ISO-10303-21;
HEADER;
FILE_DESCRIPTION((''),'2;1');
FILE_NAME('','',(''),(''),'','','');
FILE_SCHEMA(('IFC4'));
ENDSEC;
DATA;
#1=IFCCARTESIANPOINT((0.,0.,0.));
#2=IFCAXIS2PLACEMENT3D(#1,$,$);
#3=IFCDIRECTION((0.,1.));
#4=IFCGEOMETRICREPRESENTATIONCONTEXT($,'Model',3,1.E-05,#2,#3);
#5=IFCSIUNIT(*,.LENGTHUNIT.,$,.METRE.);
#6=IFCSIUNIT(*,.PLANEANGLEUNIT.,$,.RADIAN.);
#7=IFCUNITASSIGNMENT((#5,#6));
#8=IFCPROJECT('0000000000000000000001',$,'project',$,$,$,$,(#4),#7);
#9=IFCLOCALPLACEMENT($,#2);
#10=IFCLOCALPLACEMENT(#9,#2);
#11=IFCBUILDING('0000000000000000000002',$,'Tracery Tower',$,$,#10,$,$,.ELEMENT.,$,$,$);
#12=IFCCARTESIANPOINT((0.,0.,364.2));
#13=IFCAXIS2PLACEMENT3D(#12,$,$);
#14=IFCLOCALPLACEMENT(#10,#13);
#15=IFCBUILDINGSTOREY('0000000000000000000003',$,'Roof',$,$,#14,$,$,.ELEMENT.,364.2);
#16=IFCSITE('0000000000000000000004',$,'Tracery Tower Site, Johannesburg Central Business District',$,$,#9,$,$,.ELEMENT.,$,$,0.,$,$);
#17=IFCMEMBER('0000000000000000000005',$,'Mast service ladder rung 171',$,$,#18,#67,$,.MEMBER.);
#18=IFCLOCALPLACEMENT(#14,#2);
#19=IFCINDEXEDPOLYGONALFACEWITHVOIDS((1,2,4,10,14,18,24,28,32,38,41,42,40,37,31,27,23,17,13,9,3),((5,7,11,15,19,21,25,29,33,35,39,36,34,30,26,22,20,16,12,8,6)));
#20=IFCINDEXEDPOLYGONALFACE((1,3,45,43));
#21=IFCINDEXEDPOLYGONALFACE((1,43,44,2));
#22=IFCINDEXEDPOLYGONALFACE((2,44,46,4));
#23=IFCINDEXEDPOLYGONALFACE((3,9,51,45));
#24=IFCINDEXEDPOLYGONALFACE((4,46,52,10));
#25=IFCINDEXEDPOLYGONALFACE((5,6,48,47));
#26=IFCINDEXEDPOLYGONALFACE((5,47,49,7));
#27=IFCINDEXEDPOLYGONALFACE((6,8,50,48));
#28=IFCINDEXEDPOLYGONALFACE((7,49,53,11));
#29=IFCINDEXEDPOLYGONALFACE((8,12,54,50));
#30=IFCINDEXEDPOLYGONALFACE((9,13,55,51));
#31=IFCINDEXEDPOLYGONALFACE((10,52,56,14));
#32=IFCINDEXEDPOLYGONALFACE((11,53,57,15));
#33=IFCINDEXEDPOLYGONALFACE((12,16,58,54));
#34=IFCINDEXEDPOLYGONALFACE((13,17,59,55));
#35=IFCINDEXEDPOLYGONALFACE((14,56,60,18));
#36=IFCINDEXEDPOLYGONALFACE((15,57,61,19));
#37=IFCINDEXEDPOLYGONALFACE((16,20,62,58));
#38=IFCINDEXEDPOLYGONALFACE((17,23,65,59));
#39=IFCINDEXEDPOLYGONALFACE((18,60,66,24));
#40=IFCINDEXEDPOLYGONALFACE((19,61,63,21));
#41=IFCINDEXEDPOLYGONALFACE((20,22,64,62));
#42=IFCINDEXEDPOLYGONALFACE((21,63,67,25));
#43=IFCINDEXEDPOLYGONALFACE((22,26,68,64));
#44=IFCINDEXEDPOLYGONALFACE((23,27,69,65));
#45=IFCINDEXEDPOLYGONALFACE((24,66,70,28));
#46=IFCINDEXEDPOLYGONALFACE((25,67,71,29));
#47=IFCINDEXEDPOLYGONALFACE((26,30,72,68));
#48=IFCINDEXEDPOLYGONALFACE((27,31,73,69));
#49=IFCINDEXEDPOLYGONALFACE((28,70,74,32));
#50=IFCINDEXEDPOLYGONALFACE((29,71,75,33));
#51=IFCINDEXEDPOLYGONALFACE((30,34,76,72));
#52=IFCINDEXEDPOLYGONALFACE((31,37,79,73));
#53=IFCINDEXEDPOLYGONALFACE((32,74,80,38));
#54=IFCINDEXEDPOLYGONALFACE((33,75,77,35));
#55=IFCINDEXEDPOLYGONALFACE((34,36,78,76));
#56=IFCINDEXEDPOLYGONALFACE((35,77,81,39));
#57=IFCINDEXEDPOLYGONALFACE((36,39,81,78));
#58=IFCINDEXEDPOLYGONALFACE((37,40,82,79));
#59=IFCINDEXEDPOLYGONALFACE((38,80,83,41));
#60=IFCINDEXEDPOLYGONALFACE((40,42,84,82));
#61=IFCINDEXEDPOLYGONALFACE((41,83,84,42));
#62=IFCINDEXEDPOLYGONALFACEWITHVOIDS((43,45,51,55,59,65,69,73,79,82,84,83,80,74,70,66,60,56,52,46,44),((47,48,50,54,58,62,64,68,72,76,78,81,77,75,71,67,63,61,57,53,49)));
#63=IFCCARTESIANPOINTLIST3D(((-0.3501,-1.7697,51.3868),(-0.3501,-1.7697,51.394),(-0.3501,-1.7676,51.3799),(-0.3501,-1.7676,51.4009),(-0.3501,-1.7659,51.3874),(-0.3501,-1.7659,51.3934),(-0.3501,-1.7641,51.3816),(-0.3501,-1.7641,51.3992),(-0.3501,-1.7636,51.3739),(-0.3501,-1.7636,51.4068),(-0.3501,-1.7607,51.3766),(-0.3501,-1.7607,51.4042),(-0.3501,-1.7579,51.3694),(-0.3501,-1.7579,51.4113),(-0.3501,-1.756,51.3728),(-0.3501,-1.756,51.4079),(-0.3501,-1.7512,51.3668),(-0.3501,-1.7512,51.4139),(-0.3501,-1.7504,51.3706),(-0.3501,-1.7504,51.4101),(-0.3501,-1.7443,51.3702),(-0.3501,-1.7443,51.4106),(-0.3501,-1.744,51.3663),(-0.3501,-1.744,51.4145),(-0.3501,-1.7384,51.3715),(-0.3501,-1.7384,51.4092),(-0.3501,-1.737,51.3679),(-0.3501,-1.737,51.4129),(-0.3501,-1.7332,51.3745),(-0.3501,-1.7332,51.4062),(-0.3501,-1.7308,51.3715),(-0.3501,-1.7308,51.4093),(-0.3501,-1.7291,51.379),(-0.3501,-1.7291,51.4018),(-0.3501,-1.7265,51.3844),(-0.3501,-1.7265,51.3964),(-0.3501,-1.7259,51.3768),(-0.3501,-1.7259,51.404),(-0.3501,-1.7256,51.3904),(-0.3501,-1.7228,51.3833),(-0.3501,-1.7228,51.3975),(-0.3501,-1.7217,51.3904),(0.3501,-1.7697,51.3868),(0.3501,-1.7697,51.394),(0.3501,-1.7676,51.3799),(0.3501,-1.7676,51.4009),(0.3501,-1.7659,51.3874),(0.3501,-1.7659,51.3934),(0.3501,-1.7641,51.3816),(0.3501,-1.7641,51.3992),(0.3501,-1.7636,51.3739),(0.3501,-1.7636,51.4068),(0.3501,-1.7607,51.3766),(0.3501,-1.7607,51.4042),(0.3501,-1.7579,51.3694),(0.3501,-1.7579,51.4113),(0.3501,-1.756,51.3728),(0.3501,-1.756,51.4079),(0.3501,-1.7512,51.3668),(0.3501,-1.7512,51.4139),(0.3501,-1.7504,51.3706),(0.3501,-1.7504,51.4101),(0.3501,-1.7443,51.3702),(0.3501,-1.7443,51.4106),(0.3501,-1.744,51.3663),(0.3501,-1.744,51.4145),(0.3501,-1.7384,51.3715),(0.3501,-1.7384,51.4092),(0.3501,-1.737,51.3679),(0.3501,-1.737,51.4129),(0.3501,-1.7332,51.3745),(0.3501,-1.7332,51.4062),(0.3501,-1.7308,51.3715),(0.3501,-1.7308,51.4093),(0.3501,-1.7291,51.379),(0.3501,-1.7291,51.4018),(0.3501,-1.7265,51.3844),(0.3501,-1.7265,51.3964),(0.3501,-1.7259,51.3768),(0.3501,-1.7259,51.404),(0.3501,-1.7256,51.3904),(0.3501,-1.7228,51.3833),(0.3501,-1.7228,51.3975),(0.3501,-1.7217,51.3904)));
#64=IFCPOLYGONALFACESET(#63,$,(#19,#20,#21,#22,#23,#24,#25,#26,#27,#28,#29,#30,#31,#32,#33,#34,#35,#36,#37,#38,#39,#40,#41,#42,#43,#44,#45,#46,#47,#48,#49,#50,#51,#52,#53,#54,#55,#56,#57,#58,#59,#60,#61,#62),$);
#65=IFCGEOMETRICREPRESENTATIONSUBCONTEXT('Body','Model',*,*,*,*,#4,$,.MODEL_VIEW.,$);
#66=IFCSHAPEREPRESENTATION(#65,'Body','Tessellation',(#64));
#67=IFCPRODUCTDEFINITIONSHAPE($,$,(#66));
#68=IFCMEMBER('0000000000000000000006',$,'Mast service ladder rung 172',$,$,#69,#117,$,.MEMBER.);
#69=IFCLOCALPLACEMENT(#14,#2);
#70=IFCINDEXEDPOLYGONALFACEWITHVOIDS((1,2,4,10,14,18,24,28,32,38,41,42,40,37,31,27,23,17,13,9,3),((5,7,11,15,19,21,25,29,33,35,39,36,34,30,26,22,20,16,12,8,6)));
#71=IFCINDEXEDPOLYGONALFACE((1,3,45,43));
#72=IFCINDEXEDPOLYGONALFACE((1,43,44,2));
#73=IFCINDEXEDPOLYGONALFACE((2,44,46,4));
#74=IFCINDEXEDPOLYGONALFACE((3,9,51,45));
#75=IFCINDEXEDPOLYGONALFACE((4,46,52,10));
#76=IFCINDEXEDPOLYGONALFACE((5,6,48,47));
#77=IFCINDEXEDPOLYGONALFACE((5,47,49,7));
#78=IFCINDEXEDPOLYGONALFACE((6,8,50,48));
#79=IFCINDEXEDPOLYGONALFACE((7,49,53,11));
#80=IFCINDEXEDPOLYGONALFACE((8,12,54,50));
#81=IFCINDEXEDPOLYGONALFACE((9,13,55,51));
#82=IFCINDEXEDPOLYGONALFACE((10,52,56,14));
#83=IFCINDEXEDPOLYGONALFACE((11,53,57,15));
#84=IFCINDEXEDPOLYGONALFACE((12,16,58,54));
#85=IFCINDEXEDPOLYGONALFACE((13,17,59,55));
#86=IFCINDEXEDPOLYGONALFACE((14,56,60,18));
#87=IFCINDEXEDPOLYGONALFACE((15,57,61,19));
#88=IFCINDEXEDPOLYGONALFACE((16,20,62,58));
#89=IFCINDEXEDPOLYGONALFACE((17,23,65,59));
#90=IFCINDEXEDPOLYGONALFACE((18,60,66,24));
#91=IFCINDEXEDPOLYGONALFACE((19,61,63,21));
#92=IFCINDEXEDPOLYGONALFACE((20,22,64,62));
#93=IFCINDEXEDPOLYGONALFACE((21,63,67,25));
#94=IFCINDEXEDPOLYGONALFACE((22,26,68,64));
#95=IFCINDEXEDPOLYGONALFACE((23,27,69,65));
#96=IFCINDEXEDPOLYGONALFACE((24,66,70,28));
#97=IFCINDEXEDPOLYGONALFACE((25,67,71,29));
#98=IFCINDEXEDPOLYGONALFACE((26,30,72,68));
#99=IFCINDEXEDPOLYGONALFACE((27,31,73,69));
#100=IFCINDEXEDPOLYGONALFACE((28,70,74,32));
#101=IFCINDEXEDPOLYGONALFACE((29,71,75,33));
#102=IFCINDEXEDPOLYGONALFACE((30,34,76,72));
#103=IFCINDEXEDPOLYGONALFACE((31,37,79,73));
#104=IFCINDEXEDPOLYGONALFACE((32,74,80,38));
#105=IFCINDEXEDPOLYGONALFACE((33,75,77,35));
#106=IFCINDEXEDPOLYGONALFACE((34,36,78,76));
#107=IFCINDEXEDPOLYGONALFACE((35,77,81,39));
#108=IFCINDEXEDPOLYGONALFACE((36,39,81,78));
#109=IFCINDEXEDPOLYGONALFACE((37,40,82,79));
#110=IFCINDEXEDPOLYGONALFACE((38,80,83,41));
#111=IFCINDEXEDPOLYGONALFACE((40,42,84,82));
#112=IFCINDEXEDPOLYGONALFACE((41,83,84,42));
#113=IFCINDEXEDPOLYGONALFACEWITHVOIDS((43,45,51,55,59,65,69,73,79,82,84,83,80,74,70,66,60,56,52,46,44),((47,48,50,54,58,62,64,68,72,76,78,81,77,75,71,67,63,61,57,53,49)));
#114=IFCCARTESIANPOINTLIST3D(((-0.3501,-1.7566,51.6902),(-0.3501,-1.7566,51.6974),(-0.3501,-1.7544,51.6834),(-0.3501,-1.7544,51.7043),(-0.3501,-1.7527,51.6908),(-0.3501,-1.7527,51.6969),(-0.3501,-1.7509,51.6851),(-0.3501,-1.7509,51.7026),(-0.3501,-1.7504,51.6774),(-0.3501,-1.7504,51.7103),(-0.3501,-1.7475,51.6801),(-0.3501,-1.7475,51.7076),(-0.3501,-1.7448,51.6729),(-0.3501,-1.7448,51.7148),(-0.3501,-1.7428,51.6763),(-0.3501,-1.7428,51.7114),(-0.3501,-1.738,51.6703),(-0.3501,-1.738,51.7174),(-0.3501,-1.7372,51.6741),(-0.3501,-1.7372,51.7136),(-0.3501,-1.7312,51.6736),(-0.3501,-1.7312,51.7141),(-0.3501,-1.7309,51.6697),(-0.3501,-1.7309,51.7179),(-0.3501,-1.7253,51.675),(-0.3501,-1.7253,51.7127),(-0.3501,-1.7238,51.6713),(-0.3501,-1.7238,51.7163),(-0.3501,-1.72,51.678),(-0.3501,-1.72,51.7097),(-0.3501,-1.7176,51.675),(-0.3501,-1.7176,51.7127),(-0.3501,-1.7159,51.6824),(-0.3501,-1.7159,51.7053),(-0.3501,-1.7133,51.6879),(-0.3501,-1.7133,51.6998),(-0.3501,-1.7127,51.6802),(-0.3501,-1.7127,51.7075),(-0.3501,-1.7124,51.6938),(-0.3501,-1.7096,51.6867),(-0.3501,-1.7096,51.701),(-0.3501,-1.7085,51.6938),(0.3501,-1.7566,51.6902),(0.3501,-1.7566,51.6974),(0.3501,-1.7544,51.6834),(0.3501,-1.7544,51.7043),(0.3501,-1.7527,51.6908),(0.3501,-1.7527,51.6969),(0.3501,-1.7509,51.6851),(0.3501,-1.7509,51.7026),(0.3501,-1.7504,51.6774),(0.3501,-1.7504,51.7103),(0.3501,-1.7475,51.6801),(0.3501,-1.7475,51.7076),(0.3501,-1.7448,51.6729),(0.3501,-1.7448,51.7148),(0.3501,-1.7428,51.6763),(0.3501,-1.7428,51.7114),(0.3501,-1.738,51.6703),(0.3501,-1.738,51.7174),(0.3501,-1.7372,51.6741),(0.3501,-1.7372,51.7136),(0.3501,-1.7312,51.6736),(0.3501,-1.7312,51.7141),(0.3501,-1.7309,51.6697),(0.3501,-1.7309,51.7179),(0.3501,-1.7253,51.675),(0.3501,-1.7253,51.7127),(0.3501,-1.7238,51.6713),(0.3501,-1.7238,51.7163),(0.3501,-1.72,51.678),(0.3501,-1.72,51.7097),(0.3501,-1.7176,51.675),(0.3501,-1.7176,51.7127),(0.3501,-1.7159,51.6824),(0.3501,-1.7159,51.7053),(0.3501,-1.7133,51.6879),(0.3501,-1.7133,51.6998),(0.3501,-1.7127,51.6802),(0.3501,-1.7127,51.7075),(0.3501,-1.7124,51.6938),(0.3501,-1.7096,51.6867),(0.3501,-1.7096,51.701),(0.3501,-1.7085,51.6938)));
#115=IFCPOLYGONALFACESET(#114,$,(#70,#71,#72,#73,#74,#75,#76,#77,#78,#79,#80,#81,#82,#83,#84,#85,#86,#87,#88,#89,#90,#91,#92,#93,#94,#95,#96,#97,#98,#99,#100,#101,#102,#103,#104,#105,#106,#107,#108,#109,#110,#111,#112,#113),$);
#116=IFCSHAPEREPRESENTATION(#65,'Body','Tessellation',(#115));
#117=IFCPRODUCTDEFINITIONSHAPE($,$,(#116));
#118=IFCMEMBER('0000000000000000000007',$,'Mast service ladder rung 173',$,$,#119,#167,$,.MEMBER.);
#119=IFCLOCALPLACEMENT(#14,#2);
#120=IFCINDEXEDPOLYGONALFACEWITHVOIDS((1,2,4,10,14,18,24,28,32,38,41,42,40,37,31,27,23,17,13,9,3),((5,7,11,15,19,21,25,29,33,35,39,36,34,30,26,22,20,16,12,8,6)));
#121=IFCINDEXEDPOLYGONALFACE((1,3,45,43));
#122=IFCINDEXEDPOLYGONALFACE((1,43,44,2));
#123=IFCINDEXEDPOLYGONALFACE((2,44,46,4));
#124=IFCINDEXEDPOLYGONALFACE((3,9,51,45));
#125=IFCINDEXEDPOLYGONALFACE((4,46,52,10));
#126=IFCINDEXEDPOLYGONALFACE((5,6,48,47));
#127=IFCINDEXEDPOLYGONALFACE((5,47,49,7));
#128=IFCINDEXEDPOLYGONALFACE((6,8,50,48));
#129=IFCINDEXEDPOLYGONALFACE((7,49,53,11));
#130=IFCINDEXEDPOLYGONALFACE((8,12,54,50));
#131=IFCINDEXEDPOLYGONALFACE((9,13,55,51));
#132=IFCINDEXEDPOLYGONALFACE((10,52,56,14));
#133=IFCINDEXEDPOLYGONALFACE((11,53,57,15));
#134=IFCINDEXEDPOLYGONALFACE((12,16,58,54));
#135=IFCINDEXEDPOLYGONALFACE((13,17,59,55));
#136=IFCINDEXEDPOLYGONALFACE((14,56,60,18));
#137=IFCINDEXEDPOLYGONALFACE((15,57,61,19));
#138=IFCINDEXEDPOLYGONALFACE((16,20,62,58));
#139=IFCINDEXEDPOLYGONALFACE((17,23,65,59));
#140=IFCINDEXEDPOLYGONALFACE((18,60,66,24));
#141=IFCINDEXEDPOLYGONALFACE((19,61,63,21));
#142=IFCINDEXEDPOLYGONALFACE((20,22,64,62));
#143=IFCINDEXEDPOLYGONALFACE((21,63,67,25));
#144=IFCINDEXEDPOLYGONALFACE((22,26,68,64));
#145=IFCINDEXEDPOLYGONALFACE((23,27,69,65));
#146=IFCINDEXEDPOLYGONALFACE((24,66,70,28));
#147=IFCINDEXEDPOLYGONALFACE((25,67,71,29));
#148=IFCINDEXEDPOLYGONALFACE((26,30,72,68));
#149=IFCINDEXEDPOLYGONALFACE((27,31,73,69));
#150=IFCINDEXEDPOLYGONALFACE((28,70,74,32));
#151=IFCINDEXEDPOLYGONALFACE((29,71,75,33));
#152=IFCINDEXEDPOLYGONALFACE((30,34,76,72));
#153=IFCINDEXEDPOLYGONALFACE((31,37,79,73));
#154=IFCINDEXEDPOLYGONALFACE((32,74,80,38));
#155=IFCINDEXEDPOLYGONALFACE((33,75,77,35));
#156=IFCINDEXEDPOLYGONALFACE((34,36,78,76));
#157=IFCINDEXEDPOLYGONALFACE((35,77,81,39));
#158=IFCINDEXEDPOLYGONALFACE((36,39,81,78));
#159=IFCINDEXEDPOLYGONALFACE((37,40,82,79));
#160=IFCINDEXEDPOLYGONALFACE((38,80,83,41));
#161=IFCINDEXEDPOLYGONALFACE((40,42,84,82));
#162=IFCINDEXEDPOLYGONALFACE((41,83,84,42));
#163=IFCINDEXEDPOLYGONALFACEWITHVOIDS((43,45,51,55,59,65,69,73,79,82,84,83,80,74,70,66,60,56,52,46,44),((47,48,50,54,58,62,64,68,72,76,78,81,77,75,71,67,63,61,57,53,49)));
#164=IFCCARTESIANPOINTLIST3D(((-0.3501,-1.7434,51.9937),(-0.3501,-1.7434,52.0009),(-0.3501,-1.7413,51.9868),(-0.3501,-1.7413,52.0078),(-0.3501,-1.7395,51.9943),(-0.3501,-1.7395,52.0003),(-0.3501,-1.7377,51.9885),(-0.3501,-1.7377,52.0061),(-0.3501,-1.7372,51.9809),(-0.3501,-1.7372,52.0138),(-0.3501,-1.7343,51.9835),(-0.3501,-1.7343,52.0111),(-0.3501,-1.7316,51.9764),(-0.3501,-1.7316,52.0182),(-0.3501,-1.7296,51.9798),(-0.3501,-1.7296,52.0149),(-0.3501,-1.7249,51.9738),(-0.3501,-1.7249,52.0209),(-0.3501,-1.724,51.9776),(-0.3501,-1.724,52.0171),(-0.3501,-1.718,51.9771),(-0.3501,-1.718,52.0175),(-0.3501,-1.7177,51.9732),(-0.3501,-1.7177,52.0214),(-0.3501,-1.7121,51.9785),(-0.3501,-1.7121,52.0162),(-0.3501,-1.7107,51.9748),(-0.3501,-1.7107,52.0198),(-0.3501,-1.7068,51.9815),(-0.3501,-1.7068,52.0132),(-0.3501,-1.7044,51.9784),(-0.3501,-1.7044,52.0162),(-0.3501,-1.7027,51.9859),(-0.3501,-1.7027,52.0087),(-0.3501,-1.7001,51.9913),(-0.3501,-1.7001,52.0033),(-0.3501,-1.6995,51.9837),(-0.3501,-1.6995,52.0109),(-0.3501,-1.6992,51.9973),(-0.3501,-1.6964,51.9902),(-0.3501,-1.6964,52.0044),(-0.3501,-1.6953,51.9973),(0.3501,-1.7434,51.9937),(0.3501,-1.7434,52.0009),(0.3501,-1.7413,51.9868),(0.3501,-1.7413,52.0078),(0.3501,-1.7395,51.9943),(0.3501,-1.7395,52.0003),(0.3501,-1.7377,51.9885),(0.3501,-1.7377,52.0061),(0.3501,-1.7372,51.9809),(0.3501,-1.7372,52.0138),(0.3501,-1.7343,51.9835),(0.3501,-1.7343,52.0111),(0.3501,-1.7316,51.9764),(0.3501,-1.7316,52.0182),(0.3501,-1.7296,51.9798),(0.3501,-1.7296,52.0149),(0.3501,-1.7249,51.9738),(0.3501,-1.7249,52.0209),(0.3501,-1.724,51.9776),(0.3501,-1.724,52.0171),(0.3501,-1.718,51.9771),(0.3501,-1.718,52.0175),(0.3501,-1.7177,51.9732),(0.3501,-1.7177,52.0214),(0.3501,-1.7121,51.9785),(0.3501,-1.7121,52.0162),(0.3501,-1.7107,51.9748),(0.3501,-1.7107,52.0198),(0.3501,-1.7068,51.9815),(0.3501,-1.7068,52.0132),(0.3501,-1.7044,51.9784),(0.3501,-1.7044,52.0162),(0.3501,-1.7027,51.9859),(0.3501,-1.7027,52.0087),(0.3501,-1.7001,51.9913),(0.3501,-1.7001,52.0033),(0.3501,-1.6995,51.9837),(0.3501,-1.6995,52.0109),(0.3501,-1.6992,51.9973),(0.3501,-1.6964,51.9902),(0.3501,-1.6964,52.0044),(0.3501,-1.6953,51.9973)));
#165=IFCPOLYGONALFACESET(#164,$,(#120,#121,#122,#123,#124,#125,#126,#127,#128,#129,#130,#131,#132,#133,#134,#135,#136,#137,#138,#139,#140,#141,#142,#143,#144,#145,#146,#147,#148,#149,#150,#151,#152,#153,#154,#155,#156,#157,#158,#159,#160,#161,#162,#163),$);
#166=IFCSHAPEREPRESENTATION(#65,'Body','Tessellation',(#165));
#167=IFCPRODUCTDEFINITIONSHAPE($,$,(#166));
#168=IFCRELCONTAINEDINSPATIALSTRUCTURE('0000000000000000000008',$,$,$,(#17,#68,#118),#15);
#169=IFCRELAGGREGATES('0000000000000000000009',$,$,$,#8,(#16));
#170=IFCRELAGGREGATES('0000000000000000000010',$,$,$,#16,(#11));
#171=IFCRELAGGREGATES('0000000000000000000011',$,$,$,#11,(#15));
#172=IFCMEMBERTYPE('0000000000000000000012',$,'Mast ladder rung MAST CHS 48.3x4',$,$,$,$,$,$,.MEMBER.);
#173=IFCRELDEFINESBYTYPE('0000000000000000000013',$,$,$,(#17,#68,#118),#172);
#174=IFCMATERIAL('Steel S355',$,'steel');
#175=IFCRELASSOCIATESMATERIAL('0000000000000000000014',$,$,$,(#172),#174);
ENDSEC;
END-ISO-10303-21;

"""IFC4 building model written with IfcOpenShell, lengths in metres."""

from ifc_helpers import new_model, si_unit, direction, frame, origin, origin_2d, place, context, subcontext, project, spatial, hollow_circle, extrude, material, material_profile, profile_set, type_object, element, save


model = new_model("IFC4")

# Units and contexts
model_context = context("Model", 3, precision=1e-05, world=origin(), true_north=direction((0.0, 1.0)))
body_context = subcontext(model_context, "Body", "Model", "MODEL_VIEW")
ifc_project = project(units=[si_unit("LENGTHUNIT", "METRE"), si_unit("PLANEANGLEUNIT", "RADIAN")], contexts=[model_context])

# Site, building, storey
site_placement = place(None, origin())
site = spatial("IfcSite", under=ifc_project, at=site_placement, Name="Tracery Tower Site, Johannesburg Central Business District", CompositionType="ELEMENT", RefElevation=0.0)
building_placement = place(site_placement, origin())
building = spatial("IfcBuilding", under=site, at=building_placement, Name="Tracery Tower", CompositionType="ELEMENT")
storey_placement = place(building_placement, frame((0.0, 0.0, 364.2)))
storey = spatial("IfcBuildingStorey", under=building, at=storey_placement, Name="Roof", CompositionType="ELEMENT", Elevation=364.2)

# Members
ifc_material_1 = material(Name="Steel S355", Category="steel")
ifc_material_profile_1 = material_profile(ifc_material_1, hollow_circle(Radius=0.0242, WallThickness=0.0039, at=origin_2d()), Name="CHS 48.3x4")
ifc_profile_set_1 = profile_set([ifc_material_profile_1], Name="Steel S355")
member_type_1 = type_object("IfcMemberType", Name="Mast ladder rung MAST CHS 48.3x4", PredefinedType="MEMBER", material=ifc_profile_set_1)
for number, where, z_axis, x_axis, name in (
    (1, (-0.3501, -1.7458, 51.3904), (1.0, 0.0, 0.0), (0.0, 1.0, 0.0), "Mast service ladder rung 171"),
    (2, (-0.3501, -1.7327, 51.6938), (1.0, 0.0, 0.0), (0.0, 1.0, 0.0), "Mast service ladder rung 172"),
    (3, (-0.3501, -1.7195, 51.9973), (1.0, 0.0, 0.0), (0.0, 1.0, 0.0), "Mast service ladder rung 173"),
):
    element("IfcMember", number, at=place(storey_placement, frame(where, z_axis=z_axis, x_axis=x_axis)), inside=storey, type_object=member_type_1, Name=name, PredefinedType="MEMBER", context=body_context, shape_type="SweptSolid", body=[
        extrude(hollow_circle(Radius=0.0242, WallThickness=0.0039, at=origin_2d()), origin(), (0.0, 0.0, 1.0), 0.7002),
    ])

save(model, "model.ifc")
